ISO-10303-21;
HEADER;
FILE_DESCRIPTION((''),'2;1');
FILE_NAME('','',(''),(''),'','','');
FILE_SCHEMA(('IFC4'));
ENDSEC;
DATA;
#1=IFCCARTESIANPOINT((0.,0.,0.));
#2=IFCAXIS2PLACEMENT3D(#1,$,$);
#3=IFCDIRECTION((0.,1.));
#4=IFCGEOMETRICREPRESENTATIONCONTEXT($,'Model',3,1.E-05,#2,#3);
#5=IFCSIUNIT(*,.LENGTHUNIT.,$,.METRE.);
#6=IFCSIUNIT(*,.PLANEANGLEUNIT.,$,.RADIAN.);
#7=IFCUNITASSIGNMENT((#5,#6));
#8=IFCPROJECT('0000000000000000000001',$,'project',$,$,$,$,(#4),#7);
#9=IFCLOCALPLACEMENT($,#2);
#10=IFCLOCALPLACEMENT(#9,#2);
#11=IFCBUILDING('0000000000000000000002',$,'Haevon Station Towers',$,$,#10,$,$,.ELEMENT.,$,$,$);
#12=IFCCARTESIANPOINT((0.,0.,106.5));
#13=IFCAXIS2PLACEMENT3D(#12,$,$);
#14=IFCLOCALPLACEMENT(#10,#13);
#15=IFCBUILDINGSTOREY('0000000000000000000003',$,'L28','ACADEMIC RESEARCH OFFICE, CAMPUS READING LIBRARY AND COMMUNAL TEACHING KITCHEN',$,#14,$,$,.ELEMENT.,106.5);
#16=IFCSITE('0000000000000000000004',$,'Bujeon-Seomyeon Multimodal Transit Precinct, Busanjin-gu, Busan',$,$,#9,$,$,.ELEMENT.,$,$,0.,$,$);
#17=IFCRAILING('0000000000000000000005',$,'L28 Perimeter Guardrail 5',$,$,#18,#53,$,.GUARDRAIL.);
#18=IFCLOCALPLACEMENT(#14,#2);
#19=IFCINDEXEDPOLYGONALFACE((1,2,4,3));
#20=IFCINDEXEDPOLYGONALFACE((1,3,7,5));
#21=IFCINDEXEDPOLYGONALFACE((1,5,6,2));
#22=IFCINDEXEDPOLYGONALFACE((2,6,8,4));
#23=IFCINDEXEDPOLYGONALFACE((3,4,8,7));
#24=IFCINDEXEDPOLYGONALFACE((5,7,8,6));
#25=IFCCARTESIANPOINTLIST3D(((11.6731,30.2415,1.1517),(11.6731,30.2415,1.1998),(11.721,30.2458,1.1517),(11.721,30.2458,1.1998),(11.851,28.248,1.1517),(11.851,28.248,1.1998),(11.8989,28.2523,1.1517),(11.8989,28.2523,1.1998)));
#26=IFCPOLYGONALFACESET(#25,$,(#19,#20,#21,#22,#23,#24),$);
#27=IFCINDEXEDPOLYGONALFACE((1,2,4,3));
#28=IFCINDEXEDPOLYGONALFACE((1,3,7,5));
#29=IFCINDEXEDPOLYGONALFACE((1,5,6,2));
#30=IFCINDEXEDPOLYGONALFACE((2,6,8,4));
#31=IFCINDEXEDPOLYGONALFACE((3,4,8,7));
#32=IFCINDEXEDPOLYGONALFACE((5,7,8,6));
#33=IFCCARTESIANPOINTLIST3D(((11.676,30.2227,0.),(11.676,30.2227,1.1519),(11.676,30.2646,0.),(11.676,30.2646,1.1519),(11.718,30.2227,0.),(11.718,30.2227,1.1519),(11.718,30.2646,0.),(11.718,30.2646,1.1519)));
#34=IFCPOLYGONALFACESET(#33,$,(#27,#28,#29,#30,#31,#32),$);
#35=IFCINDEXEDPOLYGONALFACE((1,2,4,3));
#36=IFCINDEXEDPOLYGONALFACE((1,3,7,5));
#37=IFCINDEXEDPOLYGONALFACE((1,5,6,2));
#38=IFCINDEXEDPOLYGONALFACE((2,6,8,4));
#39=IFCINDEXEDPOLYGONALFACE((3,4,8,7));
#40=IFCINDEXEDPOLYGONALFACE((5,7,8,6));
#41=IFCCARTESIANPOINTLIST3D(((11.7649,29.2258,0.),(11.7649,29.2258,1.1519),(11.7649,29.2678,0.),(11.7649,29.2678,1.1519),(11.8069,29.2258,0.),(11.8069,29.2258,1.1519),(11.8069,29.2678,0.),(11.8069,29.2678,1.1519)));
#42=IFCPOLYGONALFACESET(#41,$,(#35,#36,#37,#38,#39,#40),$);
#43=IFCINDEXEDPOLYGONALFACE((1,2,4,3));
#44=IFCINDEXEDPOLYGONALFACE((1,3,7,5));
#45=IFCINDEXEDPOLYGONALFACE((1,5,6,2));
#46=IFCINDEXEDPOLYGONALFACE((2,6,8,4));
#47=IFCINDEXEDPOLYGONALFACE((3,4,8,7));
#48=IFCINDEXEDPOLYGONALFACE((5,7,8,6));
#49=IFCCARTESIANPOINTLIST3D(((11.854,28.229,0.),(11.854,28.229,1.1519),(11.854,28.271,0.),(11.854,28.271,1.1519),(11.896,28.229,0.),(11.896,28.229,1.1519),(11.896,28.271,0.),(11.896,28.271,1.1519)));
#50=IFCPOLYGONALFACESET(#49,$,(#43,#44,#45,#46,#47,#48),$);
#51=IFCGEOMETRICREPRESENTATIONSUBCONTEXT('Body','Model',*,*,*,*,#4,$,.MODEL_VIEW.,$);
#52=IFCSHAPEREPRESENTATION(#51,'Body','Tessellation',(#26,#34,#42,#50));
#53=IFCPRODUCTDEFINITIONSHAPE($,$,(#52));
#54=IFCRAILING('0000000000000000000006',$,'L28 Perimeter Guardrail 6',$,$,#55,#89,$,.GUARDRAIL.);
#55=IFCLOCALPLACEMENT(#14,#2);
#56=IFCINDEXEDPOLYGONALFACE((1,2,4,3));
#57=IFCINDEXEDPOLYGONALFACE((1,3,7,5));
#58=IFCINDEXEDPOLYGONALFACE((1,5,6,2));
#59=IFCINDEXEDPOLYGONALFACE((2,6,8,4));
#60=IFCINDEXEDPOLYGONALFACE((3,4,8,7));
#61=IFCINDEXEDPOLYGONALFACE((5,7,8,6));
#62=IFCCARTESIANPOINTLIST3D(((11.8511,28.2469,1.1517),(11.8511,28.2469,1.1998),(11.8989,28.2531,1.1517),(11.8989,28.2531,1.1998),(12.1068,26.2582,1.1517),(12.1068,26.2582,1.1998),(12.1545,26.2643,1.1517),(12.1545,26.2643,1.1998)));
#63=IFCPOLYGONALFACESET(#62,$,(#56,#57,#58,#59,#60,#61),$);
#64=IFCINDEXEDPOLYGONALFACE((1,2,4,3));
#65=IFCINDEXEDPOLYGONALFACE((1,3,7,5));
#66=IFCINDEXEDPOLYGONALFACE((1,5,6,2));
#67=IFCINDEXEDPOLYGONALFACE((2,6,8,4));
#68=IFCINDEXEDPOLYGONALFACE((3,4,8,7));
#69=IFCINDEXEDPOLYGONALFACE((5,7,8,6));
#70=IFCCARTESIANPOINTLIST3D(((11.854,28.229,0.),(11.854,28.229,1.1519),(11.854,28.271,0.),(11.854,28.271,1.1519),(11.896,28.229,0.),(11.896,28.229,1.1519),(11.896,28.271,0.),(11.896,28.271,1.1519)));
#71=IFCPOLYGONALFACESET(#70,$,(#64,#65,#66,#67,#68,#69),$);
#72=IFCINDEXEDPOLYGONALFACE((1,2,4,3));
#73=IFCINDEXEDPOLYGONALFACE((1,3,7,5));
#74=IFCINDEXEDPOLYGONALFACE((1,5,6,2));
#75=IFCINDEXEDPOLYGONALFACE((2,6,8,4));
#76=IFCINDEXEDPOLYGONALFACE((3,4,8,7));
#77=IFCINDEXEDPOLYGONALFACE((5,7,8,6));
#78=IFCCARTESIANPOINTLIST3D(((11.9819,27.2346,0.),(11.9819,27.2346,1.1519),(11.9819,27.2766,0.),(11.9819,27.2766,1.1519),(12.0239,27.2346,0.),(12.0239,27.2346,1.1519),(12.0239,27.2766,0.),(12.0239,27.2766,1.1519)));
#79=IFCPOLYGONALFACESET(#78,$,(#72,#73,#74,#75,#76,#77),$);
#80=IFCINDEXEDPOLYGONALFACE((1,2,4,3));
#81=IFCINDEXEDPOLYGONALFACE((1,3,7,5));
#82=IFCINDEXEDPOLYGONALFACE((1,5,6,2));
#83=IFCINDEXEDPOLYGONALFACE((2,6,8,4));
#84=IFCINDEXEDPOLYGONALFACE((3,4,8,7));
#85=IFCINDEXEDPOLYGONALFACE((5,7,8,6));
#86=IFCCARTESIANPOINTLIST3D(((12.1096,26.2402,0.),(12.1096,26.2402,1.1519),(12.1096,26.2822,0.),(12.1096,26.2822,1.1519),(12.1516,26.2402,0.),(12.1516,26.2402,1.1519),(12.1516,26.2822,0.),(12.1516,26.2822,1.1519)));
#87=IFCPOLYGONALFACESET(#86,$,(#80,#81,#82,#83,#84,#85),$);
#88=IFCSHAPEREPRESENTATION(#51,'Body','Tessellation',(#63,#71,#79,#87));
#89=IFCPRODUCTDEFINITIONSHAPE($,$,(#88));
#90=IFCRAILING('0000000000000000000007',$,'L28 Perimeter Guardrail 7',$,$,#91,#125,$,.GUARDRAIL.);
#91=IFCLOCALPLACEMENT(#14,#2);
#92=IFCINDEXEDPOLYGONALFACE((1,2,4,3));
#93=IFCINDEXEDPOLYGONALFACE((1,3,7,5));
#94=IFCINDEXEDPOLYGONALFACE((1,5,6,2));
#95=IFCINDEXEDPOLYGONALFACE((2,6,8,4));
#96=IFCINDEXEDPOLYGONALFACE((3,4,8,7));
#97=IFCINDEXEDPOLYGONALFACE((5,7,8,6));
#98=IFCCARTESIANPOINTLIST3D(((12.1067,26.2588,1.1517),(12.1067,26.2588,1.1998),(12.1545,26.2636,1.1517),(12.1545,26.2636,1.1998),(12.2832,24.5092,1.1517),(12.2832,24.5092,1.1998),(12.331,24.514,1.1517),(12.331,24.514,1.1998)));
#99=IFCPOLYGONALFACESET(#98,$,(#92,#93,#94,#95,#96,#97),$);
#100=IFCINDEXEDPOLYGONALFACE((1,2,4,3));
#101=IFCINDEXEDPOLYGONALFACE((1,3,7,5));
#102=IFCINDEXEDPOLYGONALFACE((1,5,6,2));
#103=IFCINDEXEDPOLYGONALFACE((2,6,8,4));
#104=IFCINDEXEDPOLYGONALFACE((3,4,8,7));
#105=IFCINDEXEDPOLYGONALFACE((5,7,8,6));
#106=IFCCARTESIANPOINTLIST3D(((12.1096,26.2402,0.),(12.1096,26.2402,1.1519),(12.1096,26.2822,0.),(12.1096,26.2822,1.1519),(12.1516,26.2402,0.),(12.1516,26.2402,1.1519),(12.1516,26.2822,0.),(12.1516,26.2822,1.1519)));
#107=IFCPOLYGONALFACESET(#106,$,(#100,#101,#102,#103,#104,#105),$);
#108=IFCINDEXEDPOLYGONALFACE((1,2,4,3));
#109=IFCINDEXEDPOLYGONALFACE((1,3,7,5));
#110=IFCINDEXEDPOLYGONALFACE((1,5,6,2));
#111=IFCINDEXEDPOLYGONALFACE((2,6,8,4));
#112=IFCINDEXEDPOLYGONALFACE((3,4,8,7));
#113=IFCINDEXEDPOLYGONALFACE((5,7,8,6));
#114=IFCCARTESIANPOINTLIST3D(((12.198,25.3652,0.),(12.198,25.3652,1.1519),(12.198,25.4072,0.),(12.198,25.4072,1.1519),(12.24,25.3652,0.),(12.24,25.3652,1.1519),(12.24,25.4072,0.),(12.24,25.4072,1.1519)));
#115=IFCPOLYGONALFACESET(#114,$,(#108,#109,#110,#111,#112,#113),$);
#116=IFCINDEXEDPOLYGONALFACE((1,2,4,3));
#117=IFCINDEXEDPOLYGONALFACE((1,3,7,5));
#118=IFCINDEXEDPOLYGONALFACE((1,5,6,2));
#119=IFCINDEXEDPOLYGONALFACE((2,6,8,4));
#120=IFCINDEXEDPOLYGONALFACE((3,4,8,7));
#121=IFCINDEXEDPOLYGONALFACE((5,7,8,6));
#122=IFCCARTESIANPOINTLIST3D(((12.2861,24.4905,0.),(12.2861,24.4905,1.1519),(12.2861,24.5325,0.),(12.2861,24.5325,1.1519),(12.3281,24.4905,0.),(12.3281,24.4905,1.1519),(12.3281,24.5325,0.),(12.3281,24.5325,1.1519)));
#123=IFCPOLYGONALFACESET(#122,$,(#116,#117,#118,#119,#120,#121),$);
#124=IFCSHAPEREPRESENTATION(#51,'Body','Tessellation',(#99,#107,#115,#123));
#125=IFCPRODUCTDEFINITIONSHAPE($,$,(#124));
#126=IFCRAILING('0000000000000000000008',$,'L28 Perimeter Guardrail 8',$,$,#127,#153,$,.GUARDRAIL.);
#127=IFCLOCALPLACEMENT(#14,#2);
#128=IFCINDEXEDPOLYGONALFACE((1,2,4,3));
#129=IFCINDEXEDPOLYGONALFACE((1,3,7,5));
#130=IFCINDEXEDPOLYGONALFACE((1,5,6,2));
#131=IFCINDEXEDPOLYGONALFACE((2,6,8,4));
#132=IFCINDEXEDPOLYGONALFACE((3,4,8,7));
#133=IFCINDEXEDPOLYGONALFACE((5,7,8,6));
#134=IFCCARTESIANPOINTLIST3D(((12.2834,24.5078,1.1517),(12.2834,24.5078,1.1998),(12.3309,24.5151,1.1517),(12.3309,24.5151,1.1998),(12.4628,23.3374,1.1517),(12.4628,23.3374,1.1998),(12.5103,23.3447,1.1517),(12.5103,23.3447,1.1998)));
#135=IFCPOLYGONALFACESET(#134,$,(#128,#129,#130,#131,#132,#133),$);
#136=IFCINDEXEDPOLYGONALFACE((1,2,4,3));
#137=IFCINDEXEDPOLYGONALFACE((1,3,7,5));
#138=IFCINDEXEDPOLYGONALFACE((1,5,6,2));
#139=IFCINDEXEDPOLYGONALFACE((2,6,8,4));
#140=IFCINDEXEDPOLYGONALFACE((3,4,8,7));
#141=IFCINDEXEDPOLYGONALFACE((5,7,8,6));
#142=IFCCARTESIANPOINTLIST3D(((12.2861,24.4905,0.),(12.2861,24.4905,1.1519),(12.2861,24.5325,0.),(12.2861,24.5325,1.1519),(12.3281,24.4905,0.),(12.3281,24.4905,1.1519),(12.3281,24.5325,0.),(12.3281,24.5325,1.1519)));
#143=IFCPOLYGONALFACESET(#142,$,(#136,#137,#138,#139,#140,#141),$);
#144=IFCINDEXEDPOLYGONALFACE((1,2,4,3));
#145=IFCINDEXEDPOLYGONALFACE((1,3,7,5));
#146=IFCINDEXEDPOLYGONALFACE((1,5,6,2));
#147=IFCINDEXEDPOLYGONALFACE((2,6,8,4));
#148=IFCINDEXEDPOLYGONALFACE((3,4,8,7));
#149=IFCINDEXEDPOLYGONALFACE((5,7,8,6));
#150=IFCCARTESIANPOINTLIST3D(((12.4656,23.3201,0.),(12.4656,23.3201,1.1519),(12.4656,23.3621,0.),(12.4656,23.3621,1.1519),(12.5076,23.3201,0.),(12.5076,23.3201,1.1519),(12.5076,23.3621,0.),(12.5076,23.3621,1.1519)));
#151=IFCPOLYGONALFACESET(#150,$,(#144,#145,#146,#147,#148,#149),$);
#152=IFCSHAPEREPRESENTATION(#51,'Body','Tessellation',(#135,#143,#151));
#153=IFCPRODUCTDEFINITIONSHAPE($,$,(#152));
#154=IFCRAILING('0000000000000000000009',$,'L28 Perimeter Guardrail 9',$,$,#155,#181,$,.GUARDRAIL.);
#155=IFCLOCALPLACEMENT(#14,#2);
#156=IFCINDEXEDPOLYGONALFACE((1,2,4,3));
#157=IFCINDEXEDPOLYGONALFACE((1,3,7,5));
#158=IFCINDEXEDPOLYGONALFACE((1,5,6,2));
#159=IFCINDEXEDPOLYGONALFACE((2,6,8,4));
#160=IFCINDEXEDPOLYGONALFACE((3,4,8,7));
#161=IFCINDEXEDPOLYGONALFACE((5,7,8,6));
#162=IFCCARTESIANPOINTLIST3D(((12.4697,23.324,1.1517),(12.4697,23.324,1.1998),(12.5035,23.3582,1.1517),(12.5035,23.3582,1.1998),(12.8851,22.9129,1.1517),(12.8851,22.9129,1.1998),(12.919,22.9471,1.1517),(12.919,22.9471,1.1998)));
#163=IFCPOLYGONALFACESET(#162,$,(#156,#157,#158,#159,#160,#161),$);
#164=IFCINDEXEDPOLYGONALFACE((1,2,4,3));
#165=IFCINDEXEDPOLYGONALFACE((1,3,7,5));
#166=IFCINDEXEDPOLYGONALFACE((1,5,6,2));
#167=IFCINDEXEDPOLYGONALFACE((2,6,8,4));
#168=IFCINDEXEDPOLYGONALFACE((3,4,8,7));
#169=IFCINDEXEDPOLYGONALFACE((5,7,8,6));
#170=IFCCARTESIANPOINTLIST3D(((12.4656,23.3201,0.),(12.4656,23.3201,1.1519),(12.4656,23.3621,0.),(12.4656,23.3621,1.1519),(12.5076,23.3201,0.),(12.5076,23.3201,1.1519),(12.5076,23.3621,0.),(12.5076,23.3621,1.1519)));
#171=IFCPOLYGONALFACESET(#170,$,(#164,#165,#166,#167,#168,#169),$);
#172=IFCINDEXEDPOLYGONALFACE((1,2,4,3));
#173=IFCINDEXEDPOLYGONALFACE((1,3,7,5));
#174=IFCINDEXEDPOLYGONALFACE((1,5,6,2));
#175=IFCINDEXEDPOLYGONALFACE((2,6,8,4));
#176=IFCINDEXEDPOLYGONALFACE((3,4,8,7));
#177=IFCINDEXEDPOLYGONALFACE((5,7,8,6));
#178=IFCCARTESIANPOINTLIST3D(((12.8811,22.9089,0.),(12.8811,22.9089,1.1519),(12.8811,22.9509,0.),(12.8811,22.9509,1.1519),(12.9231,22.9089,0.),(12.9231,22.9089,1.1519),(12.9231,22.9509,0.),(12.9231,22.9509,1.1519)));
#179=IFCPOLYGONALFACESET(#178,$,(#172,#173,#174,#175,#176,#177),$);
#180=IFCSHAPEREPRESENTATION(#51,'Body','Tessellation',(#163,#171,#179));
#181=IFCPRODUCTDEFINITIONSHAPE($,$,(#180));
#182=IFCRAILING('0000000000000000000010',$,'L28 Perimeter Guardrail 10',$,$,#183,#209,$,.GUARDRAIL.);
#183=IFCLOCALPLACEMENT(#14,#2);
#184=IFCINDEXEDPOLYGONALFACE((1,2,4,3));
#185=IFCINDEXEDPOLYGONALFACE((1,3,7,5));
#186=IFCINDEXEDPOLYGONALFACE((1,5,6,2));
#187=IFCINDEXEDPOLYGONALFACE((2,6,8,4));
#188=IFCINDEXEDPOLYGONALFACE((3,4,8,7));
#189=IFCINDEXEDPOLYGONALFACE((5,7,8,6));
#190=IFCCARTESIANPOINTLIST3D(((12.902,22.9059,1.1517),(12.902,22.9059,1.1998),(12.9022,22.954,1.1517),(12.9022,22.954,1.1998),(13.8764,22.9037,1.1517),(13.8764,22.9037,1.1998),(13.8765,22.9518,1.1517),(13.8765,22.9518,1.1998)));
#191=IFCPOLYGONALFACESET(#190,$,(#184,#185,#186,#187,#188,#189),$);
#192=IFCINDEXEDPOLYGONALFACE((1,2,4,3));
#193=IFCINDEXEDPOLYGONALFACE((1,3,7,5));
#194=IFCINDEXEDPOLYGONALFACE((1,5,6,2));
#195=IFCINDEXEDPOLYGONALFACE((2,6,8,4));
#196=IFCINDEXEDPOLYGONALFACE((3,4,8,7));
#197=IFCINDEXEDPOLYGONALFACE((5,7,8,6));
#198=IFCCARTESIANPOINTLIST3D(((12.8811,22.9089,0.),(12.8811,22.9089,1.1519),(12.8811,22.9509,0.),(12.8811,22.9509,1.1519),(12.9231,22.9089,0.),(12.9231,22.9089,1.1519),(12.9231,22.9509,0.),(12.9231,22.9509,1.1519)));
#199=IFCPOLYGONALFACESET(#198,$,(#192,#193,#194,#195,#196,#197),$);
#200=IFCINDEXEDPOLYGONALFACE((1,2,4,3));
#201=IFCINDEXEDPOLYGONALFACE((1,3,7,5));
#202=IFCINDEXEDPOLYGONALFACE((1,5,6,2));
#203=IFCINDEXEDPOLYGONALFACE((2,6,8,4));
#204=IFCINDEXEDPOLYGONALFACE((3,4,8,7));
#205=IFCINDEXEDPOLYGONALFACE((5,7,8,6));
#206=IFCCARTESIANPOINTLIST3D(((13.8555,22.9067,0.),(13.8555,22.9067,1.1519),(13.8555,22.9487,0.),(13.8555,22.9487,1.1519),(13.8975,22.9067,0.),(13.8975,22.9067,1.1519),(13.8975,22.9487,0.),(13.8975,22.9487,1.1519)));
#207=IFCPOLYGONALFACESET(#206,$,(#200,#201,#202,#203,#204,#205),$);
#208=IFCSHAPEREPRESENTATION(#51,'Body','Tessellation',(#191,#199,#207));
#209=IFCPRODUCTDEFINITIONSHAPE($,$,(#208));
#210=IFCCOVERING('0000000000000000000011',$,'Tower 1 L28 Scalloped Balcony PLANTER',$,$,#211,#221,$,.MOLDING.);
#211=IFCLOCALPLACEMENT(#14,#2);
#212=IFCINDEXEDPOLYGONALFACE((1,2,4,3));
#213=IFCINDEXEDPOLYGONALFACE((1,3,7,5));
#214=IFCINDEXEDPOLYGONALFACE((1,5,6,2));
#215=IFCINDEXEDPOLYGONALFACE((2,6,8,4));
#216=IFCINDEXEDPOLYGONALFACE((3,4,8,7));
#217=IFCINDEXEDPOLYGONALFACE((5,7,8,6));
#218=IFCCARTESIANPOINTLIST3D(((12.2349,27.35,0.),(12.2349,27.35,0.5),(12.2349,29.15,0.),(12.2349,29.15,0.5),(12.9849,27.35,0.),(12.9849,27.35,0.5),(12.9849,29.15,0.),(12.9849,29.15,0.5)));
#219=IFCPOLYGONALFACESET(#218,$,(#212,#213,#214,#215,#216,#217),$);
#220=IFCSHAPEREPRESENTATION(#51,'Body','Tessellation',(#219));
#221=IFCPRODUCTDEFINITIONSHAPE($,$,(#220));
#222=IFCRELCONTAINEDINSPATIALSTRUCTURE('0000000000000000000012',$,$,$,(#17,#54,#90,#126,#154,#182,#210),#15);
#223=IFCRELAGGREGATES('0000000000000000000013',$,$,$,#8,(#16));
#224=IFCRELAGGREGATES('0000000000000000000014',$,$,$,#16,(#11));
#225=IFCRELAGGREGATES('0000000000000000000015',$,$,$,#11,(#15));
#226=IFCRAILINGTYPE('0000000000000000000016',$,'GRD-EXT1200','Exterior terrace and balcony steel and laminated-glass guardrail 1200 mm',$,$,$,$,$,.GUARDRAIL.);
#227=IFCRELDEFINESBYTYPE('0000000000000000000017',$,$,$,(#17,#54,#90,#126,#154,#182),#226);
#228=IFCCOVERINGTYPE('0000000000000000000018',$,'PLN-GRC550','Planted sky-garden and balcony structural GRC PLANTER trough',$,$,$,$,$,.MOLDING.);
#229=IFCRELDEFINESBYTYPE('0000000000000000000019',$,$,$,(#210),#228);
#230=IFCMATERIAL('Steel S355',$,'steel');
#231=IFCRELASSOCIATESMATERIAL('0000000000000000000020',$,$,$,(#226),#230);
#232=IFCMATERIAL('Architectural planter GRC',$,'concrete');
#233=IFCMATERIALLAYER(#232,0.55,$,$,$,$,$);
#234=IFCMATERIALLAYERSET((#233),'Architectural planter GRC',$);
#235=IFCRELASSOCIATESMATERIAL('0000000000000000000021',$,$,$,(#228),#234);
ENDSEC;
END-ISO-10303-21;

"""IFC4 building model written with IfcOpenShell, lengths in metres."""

from ifc_helpers import new_model, si_unit, direction, frame, origin, origin_2d, place, context, subcontext, project, spatial, rectangle, extrude, material, layer, layer_set, type_object, element, save


model = new_model("IFC4")

# Units and contexts
model_context = context("Model", 3, precision=1e-05, world=origin(), true_north=direction((0.0, 1.0)))
body_context = subcontext(model_context, "Body", "Model", "MODEL_VIEW")
ifc_project = project(units=[si_unit("LENGTHUNIT", "METRE"), si_unit("PLANEANGLEUNIT", "RADIAN")], contexts=[model_context])

# Site, building, storey
site_placement = place(None, origin())
site = spatial("IfcSite", under=ifc_project, at=site_placement, Name="Bujeon-Seomyeon Multimodal Transit Precinct, Busanjin-gu, Busan", CompositionType="ELEMENT", RefElevation=0.0)
building_placement = place(site_placement, origin())
building = spatial("IfcBuilding", under=site, at=building_placement, Name="Haevon Station Towers", CompositionType="ELEMENT")
storey_placement = place(building_placement, frame((0.0, 0.0, 106.5)))
storey = spatial("IfcBuildingStorey", under=building, at=storey_placement, Name="L28", Description="ACADEMIC RESEARCH OFFICE, CAMPUS READING LIBRARY AND COMMUNAL TEACHING KITCHEN", CompositionType="ELEMENT", Elevation=106.5)

# Shared definitions
ifc_material_1 = material(Name="Steel S355", Category="steel")

# Railings
railing_type = type_object("IfcRailingType", Name="GRD-EXT1200", Description="Exterior terrace and balcony steel and laminated-glass guardrail 1200 mm", PredefinedType="GUARDRAIL", material=ifc_material_1)
railing_1_placement = place(storey_placement, frame((11.697, 30.2437, 0.0)))
element("IfcRailing", 1, at=railing_1_placement, inside=storey, type_object=railing_type, Name="L28 Perimeter Guardrail 5", PredefinedType="GUARDRAIL", context=body_context, shape_type="SweptSolid", body=[
    extrude(rectangle(XDim=0.0481, YDim=0.0481, at=origin_2d()), frame((0.0, 0.0, 1.1758), z_axis=(0.088919, -0.996039, 0.0), x_axis=(0.996039, 0.088919, 0.0)), (0.0, 0.0, 1.0), 2.0015),
    extrude(rectangle(XDim=0.042, YDim=0.042, at=origin_2d()), origin(), (0.0, 0.0, 1.0), 1.1519),
    extrude(rectangle(XDim=0.042, YDim=0.042, at=origin_2d()), frame((0.0889, -0.9968, 0.0)), (0.0, 0.0, 1.0), 1.1519),
    extrude(rectangle(XDim=0.042, YDim=0.042, at=origin_2d()), frame((0.178, -1.9937, 0.0)), (0.0, 0.0, 1.0), 1.1519),
])
railing_2_placement = place(storey_placement, frame((11.875, 28.25, 0.0)))
element("IfcRailing", 2, at=railing_2_placement, inside=storey, type_object=railing_type, Name="L28 Perimeter Guardrail 6", PredefinedType="GUARDRAIL", context=body_context, shape_type="SweptSolid", body=[
    extrude(rectangle(XDim=0.0481, YDim=0.0481, at=origin_2d()), frame((0.0, 0.0, 1.1758), z_axis=(0.127481, -0.991841, 0.0), x_axis=(0.991841, 0.127481, 0.0)), (0.0, 0.0, 1.0), 2.0051),
    extrude(rectangle(XDim=0.042, YDim=0.042, at=origin_2d()), origin(), (0.0, 0.0, 1.0), 1.1519),
    extrude(rectangle(XDim=0.042, YDim=0.042, at=origin_2d()), frame((0.1279, -0.9944, 0.0)), (0.0, 0.0, 1.0), 1.1519),
    extrude(rectangle(XDim=0.042, YDim=0.042, at=origin_2d()), frame((0.2556, -1.9888, 0.0)), (0.0, 0.0, 1.0), 1.1519),
])
railing_3_placement = place(storey_placement, frame((12.1306, 26.2612, 0.0)))
element("IfcRailing", 3, at=railing_3_placement, inside=storey, type_object=railing_type, Name="L28 Perimeter Guardrail 7", PredefinedType="GUARDRAIL", context=body_context, shape_type="SweptSolid", body=[
    extrude(rectangle(XDim=0.0481, YDim=0.0481, at=origin_2d()), frame((0.0, 0.0, 1.1758), z_axis=(0.10037, -0.99495, 0.0), x_axis=(0.99495, 0.10037, 0.0)), (0.0, 0.0, 1.0), 1.7585),
    extrude(rectangle(XDim=0.042, YDim=0.042, at=origin_2d()), origin(), (0.0, 0.0, 1.0), 1.1519),
    extrude(rectangle(XDim=0.042, YDim=0.042, at=origin_2d()), frame((0.0884, -0.875, 0.0)), (0.0, 0.0, 1.0), 1.1519),
    extrude(rectangle(XDim=0.042, YDim=0.042, at=origin_2d()), frame((0.1765, -1.7498, 0.0)), (0.0, 0.0, 1.0), 1.1519),
])
railing_4_placement = place(storey_placement, frame((12.3071, 24.5115, 0.0)))
element("IfcRailing", 4, at=railing_4_placement, inside=storey, type_object=railing_type, Name="L28 Perimeter Guardrail 8", PredefinedType="GUARDRAIL", context=body_context, shape_type="SweptSolid", body=[
    extrude(rectangle(XDim=0.0481, YDim=0.0481, at=origin_2d()), frame((0.0, 0.0, 1.1758), z_axis=(0.151546, -0.98845, 0.0), x_axis=(0.98845, 0.151546, 0.0)), (0.0, 0.0, 1.0), 1.1841),
    extrude(rectangle(XDim=0.042, YDim=0.042, at=origin_2d()), origin(), (0.0, 0.0, 1.0), 1.1519),
    extrude(rectangle(XDim=0.042, YDim=0.042, at=origin_2d()), frame((0.1794, -1.1704, 0.0)), (0.0, 0.0, 1.0), 1.1519),
])
railing_5_placement = place(storey_placement, frame((12.4866, 23.3411, 0.0)))
element("IfcRailing", 5, at=railing_5_placement, inside=storey, type_object=railing_type, Name="L28 Perimeter Guardrail 9", PredefinedType="GUARDRAIL", context=body_context, shape_type="SweptSolid", body=[
    extrude(rectangle(XDim=0.0481, YDim=0.0481, at=origin_2d()), frame((0.0, 0.0, 1.1758), z_axis=(0.710856, -0.703338, 0.0), x_axis=(0.703338, 0.710856, 0.0)), (0.0, 0.0, 1.0), 0.5845),
    extrude(rectangle(XDim=0.042, YDim=0.042, at=origin_2d()), origin(), (0.0, 0.0, 1.0), 1.1519),
    extrude(rectangle(XDim=0.042, YDim=0.042, at=origin_2d()), frame((0.4155, -0.4111, 0.0)), (0.0, 0.0, 1.0), 1.1519),
])
railing_6_placement = place(storey_placement, frame((12.9021, 22.9299, 0.0)))
element("IfcRailing", 6, at=railing_6_placement, inside=storey, type_object=railing_type, Name="L28 Perimeter Guardrail 10", PredefinedType="GUARDRAIL", context=body_context, shape_type="SweptSolid", body=[
    extrude(rectangle(XDim=0.0481, YDim=0.0481, at=origin_2d()), frame((0.0, 0.0, 1.1758), z_axis=(0.999997, -0.002255, 0.0), x_axis=(0.002255, 0.999997, 0.0)), (0.0, 0.0, 1.0), 0.9744),
    extrude(rectangle(XDim=0.042, YDim=0.042, at=origin_2d()), origin(), (0.0, 0.0, 1.0), 1.1519),
    extrude(rectangle(XDim=0.042, YDim=0.042, at=origin_2d()), frame((0.9744, -0.0022, 0.0)), (0.0, 0.0, 1.0), 1.1519),
])

# Covering
ifc_material_2 = material(Name="Architectural planter GRC", Category="concrete")
ifc_layer_1 = layer(ifc_material_2, 0.55)
ifc_layer_set_1 = layer_set([ifc_layer_1], Name="Architectural planter GRC")
covering_type = type_object("IfcCoveringType", Name="PLN-GRC550", Description="Planted sky-garden and balcony structural GRC PLANTER trough", PredefinedType="MOLDING", material=ifc_layer_set_1)
covering_placement = place(storey_placement, frame((12.6099, 28.25, 0.0), z_axis=(0.0, 0.0, 1.0), x_axis=(1.0, 0.0, 0.0)))
element("IfcCovering", 7, at=covering_placement, inside=storey, type_object=covering_type, Name="Tower 1 L28 Scalloped Balcony PLANTER", PredefinedType="MOLDING", context=body_context, shape_type="SweptSolid", body=[
    extrude(rectangle(XDim=0.75, YDim=1.8, at=origin_2d()), origin(), (0.0, 0.0, 1.0), 0.5),
])

save(model, "model.ifc")
